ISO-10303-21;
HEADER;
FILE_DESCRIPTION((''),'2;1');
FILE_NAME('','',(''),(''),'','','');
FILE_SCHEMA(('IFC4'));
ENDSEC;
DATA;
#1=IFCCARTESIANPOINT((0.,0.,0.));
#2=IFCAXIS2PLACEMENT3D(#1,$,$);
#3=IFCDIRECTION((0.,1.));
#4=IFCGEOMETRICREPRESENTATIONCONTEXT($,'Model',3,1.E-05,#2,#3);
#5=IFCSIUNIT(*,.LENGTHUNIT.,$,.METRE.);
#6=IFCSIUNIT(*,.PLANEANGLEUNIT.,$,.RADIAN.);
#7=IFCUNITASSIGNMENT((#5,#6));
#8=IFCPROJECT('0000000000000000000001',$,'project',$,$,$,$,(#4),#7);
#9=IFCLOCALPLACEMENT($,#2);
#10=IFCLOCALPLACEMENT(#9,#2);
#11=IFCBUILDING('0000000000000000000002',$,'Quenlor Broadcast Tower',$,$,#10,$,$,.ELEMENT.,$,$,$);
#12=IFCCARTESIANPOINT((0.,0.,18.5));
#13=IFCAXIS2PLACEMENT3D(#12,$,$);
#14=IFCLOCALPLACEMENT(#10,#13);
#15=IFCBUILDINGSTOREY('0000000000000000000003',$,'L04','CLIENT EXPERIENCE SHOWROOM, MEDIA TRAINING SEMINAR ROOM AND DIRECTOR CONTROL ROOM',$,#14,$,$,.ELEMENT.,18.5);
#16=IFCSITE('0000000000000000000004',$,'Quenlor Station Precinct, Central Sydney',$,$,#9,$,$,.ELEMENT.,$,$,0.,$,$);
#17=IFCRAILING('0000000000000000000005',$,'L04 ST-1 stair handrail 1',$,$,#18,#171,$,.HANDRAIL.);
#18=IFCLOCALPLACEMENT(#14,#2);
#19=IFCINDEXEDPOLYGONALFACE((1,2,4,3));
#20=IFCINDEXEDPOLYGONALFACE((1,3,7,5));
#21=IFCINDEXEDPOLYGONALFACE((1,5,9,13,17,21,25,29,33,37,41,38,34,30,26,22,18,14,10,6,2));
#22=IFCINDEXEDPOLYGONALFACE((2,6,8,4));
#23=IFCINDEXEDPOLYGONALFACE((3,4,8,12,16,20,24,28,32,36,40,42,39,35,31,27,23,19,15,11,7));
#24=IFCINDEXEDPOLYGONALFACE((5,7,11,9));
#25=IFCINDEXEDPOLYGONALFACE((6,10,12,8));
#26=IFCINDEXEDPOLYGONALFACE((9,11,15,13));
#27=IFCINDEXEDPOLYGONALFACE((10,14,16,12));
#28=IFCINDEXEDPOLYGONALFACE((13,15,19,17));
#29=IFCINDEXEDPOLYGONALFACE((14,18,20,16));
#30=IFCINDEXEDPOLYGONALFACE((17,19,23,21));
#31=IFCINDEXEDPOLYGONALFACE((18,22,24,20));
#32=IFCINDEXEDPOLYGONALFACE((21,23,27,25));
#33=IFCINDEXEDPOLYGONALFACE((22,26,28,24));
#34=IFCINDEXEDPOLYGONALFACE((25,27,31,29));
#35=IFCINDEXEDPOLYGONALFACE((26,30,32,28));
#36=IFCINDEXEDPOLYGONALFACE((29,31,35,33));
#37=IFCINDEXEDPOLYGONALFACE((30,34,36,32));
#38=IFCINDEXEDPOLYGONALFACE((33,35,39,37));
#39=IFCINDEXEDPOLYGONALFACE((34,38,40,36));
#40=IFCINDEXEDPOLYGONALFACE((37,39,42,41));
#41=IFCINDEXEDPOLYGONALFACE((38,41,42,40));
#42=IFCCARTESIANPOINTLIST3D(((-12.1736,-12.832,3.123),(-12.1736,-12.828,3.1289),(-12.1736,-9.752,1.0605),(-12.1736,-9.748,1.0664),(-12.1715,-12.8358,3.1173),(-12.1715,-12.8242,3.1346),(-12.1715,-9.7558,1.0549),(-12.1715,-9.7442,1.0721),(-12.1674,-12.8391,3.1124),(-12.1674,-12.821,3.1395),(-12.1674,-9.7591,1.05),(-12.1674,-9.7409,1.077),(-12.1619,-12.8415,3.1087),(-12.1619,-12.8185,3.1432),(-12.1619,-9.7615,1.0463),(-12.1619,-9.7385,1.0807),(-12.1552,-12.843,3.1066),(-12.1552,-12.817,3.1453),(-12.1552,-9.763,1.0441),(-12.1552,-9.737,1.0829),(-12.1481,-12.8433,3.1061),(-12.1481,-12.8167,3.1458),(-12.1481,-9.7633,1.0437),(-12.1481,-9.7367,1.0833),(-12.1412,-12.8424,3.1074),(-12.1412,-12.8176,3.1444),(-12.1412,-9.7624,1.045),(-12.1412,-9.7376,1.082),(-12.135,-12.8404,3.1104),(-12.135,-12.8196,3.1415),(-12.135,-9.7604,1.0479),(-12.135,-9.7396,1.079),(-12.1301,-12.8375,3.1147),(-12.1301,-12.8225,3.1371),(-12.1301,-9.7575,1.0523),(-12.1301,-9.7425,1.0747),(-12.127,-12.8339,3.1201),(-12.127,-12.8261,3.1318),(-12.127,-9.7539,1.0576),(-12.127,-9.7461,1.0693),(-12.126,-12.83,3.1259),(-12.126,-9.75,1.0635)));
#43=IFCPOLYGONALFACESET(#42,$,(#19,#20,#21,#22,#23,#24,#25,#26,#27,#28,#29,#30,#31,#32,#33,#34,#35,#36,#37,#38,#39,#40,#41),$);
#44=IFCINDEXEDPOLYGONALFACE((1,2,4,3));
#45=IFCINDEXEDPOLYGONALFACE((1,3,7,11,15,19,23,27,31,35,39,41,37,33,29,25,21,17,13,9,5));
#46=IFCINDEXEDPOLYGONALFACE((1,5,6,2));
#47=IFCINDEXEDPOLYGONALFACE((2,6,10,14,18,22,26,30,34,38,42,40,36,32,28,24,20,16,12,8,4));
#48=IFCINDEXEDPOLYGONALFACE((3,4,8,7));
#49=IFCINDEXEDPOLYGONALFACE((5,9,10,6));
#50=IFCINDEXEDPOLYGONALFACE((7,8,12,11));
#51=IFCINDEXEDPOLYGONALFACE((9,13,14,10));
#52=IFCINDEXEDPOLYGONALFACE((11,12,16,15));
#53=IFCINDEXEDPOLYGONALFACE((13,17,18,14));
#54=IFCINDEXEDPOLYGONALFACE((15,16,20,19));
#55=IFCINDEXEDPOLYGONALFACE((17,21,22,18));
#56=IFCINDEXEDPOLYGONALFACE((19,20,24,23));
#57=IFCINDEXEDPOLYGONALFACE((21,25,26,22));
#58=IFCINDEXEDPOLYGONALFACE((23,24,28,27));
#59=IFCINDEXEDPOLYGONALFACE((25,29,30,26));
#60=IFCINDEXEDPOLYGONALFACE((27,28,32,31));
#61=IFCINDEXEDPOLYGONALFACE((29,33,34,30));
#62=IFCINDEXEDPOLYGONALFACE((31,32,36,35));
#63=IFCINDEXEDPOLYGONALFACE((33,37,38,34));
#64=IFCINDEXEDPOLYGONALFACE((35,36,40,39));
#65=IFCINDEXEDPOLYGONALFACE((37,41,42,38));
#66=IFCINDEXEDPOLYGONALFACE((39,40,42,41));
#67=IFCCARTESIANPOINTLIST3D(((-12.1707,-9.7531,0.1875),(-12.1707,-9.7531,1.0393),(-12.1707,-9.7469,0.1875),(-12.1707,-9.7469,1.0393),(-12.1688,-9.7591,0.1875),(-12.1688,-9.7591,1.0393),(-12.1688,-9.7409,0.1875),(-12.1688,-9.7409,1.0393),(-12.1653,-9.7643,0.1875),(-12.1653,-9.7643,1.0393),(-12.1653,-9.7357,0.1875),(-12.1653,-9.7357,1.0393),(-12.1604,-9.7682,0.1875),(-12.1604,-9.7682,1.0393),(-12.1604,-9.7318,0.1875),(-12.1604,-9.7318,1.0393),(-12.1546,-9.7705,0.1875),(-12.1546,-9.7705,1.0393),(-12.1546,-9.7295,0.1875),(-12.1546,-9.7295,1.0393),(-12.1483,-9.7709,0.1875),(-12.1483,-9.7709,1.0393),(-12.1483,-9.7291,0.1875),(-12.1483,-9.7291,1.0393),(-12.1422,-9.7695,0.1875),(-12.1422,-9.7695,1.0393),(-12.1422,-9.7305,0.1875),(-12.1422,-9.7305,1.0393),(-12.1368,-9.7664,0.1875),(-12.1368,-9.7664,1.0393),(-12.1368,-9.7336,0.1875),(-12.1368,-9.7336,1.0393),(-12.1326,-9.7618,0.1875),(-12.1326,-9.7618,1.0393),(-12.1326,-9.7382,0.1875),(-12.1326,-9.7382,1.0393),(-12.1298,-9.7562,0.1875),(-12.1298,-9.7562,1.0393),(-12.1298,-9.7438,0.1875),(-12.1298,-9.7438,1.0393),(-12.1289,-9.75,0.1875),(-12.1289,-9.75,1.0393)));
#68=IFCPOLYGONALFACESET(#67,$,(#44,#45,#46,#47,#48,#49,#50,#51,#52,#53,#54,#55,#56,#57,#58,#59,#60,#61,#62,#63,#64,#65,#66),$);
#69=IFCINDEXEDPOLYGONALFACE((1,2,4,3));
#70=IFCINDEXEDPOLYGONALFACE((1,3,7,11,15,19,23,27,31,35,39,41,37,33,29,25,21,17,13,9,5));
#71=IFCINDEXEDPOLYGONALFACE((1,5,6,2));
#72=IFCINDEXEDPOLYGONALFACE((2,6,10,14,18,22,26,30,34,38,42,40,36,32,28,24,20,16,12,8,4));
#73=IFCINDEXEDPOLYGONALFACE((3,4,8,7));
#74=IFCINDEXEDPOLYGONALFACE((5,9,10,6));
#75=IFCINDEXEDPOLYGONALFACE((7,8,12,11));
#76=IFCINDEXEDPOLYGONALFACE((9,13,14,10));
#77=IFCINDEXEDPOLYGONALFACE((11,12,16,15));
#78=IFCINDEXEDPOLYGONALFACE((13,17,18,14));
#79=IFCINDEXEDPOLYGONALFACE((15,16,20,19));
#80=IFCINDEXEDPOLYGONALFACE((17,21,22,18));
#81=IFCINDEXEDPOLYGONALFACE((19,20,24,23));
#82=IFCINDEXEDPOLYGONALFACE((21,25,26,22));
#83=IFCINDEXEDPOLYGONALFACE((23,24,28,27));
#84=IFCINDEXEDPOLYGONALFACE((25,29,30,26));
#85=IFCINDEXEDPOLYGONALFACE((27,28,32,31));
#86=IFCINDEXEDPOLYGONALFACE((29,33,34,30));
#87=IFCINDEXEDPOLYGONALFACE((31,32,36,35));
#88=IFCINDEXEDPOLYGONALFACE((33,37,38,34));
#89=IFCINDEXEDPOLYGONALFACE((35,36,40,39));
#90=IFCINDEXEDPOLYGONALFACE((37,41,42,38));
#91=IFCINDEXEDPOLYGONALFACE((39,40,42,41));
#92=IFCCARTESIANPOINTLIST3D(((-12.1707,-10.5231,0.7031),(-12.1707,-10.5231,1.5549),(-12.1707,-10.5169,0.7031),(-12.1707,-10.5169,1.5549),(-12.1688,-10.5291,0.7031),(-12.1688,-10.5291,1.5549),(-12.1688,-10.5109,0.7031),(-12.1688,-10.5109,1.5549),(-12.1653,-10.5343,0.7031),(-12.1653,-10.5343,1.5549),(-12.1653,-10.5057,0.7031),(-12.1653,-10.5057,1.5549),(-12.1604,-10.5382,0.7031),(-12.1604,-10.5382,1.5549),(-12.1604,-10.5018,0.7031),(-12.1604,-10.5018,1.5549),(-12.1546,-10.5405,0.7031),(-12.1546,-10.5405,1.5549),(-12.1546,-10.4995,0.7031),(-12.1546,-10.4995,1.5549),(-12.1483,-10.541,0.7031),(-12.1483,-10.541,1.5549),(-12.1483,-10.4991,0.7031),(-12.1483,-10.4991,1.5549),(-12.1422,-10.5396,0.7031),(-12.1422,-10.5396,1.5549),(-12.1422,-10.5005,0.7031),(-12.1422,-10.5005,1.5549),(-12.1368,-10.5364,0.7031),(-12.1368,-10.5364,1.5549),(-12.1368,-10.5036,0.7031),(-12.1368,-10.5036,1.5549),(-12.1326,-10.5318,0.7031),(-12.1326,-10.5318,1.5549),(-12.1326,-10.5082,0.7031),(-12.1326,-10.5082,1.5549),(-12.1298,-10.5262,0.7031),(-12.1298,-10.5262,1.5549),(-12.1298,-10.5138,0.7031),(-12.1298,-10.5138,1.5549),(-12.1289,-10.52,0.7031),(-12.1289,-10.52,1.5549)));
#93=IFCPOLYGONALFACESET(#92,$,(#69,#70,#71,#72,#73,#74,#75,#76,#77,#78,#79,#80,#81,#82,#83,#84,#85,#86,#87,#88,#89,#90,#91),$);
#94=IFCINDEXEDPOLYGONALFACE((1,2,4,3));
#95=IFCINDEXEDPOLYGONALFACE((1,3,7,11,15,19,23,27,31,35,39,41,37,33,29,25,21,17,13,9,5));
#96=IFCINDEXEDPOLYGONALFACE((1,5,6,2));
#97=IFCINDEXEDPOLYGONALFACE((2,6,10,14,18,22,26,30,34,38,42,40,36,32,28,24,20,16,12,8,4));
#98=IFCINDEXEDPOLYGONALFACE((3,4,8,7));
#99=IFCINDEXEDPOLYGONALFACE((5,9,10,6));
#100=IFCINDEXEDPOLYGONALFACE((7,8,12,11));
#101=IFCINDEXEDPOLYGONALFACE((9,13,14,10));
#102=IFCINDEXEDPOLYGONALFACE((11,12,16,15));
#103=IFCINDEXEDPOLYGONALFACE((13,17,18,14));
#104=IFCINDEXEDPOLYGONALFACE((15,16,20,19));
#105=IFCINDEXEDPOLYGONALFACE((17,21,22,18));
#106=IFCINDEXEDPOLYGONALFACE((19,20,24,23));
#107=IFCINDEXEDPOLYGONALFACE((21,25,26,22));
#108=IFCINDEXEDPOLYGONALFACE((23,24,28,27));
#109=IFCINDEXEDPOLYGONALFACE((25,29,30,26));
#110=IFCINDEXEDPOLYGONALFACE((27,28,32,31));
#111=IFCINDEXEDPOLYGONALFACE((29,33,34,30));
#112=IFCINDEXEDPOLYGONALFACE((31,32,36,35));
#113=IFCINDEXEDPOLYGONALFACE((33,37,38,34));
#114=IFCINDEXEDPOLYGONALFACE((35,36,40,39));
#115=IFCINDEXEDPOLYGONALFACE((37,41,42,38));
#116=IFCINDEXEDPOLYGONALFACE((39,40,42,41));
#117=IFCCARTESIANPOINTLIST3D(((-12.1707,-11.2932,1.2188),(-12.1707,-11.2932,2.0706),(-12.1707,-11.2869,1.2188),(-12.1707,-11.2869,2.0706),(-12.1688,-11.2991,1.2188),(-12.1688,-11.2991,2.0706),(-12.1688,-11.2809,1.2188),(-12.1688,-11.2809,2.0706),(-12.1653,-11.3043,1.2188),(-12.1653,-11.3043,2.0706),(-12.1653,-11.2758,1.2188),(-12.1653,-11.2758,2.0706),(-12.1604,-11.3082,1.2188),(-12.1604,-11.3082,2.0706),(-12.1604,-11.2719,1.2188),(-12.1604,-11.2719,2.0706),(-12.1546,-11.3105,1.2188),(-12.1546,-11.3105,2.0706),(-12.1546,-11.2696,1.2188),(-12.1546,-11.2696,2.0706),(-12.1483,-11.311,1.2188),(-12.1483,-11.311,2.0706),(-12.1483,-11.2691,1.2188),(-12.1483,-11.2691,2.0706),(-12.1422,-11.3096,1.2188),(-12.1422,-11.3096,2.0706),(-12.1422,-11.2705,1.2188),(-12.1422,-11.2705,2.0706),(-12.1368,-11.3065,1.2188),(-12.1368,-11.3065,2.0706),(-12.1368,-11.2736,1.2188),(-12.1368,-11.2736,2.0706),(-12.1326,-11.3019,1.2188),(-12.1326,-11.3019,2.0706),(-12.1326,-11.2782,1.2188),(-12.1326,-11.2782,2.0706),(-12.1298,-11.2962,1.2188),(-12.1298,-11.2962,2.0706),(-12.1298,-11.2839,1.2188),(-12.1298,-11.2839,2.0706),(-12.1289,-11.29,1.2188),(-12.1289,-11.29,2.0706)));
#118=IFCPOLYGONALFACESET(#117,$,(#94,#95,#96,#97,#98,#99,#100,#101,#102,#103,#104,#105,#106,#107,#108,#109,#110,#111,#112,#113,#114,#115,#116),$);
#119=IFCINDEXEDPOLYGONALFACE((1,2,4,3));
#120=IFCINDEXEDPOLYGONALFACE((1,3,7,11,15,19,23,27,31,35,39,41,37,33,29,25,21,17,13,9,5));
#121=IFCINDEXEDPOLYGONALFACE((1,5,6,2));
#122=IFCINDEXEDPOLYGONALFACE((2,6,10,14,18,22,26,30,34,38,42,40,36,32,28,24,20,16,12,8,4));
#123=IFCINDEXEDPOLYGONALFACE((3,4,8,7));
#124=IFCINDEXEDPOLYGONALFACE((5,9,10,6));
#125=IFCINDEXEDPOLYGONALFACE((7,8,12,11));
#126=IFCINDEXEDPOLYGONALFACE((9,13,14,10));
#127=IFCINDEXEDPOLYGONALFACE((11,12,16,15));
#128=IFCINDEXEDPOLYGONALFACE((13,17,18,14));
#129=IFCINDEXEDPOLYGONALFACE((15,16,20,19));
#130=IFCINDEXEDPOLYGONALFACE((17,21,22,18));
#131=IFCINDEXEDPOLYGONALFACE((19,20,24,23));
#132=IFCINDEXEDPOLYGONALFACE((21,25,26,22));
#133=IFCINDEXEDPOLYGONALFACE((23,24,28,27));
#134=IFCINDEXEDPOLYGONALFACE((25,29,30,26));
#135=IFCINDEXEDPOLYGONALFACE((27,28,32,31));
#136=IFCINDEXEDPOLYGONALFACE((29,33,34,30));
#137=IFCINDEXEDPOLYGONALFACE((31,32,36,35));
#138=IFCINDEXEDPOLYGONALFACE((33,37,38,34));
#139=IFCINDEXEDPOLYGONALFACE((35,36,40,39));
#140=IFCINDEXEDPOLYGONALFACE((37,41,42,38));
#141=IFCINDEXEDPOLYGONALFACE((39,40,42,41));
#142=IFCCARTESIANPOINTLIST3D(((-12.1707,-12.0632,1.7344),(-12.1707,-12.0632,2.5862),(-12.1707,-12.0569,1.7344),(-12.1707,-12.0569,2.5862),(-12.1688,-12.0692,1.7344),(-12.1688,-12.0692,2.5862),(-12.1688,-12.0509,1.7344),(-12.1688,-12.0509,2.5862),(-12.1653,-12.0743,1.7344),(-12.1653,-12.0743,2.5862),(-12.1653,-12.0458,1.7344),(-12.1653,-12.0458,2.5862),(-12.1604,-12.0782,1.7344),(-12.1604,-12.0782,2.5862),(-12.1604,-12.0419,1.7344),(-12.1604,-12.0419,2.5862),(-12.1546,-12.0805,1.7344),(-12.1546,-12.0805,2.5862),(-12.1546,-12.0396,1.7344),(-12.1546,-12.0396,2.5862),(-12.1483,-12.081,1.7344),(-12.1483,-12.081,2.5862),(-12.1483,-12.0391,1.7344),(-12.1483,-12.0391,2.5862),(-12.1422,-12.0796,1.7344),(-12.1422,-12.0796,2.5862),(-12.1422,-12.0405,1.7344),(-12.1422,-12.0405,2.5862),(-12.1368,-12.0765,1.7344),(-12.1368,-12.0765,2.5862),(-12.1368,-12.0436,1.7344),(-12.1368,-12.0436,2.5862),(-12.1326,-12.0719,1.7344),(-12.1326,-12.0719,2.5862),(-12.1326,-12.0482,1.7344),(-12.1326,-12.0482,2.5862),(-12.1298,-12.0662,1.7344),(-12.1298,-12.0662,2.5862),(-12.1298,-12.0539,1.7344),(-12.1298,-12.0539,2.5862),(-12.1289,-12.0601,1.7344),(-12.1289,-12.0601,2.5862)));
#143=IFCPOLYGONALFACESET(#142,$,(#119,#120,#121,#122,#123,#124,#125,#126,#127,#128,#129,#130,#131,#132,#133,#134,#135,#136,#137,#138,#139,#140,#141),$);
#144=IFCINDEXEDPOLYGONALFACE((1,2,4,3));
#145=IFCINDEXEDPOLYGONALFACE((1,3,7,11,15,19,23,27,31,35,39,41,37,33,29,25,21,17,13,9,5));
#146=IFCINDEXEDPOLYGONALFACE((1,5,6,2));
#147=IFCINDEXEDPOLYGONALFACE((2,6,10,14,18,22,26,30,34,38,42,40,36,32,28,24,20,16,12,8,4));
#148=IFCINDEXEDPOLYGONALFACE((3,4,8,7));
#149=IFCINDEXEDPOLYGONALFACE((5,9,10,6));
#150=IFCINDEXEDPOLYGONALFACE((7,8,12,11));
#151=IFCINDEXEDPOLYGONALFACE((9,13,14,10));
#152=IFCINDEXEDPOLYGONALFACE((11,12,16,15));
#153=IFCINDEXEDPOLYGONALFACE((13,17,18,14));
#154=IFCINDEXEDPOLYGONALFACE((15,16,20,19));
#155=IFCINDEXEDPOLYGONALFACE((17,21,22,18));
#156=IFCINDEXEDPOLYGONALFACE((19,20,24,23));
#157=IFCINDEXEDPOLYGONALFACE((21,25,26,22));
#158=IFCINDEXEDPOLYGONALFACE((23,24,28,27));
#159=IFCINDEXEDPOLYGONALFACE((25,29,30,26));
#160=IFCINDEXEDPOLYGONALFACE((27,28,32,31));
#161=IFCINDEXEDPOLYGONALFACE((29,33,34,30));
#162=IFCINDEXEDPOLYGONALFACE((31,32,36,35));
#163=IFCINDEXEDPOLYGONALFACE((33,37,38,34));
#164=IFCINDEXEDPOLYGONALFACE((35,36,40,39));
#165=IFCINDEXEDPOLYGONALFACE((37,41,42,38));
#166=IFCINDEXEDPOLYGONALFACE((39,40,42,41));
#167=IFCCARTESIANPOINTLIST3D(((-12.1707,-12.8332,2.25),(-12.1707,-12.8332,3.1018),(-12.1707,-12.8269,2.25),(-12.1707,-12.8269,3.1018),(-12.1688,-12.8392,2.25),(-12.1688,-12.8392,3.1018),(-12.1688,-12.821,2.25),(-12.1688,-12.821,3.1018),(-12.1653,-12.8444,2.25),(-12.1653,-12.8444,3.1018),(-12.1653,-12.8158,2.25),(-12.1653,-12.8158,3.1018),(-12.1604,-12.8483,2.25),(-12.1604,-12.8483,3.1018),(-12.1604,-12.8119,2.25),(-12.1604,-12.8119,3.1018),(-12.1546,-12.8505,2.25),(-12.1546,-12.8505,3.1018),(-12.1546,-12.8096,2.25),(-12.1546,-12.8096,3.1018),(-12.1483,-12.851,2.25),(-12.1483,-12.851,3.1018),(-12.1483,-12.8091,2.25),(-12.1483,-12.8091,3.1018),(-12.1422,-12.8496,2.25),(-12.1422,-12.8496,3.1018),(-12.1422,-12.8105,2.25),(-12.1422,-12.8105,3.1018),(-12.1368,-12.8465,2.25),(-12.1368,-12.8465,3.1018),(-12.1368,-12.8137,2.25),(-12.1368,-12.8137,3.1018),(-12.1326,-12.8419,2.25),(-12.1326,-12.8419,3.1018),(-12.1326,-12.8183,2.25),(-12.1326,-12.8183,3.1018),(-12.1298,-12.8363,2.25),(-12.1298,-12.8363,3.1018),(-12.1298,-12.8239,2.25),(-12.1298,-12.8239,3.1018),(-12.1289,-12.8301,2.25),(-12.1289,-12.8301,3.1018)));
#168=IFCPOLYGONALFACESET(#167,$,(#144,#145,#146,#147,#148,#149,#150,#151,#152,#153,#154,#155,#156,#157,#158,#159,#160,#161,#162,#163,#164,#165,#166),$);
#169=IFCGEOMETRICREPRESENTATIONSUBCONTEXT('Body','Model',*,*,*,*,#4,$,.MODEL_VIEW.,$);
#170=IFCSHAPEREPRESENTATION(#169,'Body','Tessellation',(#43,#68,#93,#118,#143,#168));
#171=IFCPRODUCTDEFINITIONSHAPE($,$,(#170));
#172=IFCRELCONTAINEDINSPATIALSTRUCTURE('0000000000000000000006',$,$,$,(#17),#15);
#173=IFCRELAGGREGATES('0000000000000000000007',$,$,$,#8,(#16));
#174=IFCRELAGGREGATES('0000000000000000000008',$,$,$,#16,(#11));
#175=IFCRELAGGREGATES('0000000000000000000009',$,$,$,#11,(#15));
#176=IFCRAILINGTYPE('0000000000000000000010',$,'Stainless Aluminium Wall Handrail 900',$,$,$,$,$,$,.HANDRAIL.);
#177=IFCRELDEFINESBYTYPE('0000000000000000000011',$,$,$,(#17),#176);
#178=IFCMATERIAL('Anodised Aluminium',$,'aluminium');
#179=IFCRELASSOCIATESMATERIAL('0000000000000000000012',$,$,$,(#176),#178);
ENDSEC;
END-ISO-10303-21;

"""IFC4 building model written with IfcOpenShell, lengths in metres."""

from ifc_helpers import new_model, si_unit, direction, frame, origin, origin_2d, place, context, subcontext, project, spatial, circle, extrude, material, type_object, element, save


model = new_model("IFC4")

# Units and contexts
model_context = context("Model", 3, precision=1e-05, world=origin(), true_north=direction((0.0, 1.0)))
body_context = subcontext(model_context, "Body", "Model", "MODEL_VIEW")
ifc_project = project(units=[si_unit("LENGTHUNIT", "METRE"), si_unit("PLANEANGLEUNIT", "RADIAN")], contexts=[model_context])

# Site, building, storey
site_placement = place(None, origin())
site = spatial("IfcSite", under=ifc_project, at=site_placement, Name="Quenlor Station Precinct, Central Sydney", CompositionType="ELEMENT", RefElevation=0.0)
building_placement = place(site_placement, origin())
building = spatial("IfcBuilding", under=site, at=building_placement, Name="Quenlor Broadcast Tower", CompositionType="ELEMENT")
storey_placement = place(building_placement, frame((0.0, 0.0, 18.5)))
storey = spatial("IfcBuildingStorey", under=building, at=storey_placement, Name="L04", Description="CLIENT EXPERIENCE SHOWROOM, MEDIA TRAINING SEMINAR ROOM AND DIRECTOR CONTROL ROOM", CompositionType="ELEMENT", Elevation=18.5)

# Railing
ifc_material_1 = material(Name="Anodised Aluminium", Category="aluminium")
railing_type_1 = type_object("IfcRailingType", Name="Stainless Aluminium Wall Handrail 900", PredefinedType="HANDRAIL", material=ifc_material_1)
railing_1_placement = place(storey_placement, frame((-12.1499, -9.75, 0.1875)))
element("IfcRailing", 1, at=railing_1_placement, inside=storey, type_object=railing_type_1, Name="L04 ST-1 stair handrail 1", PredefinedType="HANDRAIL", context=body_context, shape_type="SweptSolid", body=[
    extrude(circle(Radius=0.0239, at=origin_2d()), frame((0.0, 0.0, 0.876), z_axis=(0.0, -0.830914, 0.556401), x_axis=(1.0, 0.0, 0.0)), (0.0, 0.0, 1.0), 3.7068),
    extrude(circle(Radius=0.021, at=origin_2d()), origin(), (0.0, 0.0, 1.0), 0.8518),
    extrude(circle(Radius=0.021, at=origin_2d()), frame((0.0, -0.77, 0.5156)), (0.0, 0.0, 1.0), 0.8518),
    extrude(circle(Radius=0.021, at=origin_2d()), frame((0.0, -1.54, 1.0312)), (0.0, 0.0, 1.0), 0.8518),
    extrude(circle(Radius=0.021, at=origin_2d()), frame((0.0, -2.3101, 1.5469)), (0.0, 0.0, 1.0), 0.8518),
    extrude(circle(Radius=0.021, at=origin_2d()), frame((0.0, -3.0801, 2.0625)), (0.0, 0.0, 1.0), 0.8518),
])

save(model, "model.ifc")
